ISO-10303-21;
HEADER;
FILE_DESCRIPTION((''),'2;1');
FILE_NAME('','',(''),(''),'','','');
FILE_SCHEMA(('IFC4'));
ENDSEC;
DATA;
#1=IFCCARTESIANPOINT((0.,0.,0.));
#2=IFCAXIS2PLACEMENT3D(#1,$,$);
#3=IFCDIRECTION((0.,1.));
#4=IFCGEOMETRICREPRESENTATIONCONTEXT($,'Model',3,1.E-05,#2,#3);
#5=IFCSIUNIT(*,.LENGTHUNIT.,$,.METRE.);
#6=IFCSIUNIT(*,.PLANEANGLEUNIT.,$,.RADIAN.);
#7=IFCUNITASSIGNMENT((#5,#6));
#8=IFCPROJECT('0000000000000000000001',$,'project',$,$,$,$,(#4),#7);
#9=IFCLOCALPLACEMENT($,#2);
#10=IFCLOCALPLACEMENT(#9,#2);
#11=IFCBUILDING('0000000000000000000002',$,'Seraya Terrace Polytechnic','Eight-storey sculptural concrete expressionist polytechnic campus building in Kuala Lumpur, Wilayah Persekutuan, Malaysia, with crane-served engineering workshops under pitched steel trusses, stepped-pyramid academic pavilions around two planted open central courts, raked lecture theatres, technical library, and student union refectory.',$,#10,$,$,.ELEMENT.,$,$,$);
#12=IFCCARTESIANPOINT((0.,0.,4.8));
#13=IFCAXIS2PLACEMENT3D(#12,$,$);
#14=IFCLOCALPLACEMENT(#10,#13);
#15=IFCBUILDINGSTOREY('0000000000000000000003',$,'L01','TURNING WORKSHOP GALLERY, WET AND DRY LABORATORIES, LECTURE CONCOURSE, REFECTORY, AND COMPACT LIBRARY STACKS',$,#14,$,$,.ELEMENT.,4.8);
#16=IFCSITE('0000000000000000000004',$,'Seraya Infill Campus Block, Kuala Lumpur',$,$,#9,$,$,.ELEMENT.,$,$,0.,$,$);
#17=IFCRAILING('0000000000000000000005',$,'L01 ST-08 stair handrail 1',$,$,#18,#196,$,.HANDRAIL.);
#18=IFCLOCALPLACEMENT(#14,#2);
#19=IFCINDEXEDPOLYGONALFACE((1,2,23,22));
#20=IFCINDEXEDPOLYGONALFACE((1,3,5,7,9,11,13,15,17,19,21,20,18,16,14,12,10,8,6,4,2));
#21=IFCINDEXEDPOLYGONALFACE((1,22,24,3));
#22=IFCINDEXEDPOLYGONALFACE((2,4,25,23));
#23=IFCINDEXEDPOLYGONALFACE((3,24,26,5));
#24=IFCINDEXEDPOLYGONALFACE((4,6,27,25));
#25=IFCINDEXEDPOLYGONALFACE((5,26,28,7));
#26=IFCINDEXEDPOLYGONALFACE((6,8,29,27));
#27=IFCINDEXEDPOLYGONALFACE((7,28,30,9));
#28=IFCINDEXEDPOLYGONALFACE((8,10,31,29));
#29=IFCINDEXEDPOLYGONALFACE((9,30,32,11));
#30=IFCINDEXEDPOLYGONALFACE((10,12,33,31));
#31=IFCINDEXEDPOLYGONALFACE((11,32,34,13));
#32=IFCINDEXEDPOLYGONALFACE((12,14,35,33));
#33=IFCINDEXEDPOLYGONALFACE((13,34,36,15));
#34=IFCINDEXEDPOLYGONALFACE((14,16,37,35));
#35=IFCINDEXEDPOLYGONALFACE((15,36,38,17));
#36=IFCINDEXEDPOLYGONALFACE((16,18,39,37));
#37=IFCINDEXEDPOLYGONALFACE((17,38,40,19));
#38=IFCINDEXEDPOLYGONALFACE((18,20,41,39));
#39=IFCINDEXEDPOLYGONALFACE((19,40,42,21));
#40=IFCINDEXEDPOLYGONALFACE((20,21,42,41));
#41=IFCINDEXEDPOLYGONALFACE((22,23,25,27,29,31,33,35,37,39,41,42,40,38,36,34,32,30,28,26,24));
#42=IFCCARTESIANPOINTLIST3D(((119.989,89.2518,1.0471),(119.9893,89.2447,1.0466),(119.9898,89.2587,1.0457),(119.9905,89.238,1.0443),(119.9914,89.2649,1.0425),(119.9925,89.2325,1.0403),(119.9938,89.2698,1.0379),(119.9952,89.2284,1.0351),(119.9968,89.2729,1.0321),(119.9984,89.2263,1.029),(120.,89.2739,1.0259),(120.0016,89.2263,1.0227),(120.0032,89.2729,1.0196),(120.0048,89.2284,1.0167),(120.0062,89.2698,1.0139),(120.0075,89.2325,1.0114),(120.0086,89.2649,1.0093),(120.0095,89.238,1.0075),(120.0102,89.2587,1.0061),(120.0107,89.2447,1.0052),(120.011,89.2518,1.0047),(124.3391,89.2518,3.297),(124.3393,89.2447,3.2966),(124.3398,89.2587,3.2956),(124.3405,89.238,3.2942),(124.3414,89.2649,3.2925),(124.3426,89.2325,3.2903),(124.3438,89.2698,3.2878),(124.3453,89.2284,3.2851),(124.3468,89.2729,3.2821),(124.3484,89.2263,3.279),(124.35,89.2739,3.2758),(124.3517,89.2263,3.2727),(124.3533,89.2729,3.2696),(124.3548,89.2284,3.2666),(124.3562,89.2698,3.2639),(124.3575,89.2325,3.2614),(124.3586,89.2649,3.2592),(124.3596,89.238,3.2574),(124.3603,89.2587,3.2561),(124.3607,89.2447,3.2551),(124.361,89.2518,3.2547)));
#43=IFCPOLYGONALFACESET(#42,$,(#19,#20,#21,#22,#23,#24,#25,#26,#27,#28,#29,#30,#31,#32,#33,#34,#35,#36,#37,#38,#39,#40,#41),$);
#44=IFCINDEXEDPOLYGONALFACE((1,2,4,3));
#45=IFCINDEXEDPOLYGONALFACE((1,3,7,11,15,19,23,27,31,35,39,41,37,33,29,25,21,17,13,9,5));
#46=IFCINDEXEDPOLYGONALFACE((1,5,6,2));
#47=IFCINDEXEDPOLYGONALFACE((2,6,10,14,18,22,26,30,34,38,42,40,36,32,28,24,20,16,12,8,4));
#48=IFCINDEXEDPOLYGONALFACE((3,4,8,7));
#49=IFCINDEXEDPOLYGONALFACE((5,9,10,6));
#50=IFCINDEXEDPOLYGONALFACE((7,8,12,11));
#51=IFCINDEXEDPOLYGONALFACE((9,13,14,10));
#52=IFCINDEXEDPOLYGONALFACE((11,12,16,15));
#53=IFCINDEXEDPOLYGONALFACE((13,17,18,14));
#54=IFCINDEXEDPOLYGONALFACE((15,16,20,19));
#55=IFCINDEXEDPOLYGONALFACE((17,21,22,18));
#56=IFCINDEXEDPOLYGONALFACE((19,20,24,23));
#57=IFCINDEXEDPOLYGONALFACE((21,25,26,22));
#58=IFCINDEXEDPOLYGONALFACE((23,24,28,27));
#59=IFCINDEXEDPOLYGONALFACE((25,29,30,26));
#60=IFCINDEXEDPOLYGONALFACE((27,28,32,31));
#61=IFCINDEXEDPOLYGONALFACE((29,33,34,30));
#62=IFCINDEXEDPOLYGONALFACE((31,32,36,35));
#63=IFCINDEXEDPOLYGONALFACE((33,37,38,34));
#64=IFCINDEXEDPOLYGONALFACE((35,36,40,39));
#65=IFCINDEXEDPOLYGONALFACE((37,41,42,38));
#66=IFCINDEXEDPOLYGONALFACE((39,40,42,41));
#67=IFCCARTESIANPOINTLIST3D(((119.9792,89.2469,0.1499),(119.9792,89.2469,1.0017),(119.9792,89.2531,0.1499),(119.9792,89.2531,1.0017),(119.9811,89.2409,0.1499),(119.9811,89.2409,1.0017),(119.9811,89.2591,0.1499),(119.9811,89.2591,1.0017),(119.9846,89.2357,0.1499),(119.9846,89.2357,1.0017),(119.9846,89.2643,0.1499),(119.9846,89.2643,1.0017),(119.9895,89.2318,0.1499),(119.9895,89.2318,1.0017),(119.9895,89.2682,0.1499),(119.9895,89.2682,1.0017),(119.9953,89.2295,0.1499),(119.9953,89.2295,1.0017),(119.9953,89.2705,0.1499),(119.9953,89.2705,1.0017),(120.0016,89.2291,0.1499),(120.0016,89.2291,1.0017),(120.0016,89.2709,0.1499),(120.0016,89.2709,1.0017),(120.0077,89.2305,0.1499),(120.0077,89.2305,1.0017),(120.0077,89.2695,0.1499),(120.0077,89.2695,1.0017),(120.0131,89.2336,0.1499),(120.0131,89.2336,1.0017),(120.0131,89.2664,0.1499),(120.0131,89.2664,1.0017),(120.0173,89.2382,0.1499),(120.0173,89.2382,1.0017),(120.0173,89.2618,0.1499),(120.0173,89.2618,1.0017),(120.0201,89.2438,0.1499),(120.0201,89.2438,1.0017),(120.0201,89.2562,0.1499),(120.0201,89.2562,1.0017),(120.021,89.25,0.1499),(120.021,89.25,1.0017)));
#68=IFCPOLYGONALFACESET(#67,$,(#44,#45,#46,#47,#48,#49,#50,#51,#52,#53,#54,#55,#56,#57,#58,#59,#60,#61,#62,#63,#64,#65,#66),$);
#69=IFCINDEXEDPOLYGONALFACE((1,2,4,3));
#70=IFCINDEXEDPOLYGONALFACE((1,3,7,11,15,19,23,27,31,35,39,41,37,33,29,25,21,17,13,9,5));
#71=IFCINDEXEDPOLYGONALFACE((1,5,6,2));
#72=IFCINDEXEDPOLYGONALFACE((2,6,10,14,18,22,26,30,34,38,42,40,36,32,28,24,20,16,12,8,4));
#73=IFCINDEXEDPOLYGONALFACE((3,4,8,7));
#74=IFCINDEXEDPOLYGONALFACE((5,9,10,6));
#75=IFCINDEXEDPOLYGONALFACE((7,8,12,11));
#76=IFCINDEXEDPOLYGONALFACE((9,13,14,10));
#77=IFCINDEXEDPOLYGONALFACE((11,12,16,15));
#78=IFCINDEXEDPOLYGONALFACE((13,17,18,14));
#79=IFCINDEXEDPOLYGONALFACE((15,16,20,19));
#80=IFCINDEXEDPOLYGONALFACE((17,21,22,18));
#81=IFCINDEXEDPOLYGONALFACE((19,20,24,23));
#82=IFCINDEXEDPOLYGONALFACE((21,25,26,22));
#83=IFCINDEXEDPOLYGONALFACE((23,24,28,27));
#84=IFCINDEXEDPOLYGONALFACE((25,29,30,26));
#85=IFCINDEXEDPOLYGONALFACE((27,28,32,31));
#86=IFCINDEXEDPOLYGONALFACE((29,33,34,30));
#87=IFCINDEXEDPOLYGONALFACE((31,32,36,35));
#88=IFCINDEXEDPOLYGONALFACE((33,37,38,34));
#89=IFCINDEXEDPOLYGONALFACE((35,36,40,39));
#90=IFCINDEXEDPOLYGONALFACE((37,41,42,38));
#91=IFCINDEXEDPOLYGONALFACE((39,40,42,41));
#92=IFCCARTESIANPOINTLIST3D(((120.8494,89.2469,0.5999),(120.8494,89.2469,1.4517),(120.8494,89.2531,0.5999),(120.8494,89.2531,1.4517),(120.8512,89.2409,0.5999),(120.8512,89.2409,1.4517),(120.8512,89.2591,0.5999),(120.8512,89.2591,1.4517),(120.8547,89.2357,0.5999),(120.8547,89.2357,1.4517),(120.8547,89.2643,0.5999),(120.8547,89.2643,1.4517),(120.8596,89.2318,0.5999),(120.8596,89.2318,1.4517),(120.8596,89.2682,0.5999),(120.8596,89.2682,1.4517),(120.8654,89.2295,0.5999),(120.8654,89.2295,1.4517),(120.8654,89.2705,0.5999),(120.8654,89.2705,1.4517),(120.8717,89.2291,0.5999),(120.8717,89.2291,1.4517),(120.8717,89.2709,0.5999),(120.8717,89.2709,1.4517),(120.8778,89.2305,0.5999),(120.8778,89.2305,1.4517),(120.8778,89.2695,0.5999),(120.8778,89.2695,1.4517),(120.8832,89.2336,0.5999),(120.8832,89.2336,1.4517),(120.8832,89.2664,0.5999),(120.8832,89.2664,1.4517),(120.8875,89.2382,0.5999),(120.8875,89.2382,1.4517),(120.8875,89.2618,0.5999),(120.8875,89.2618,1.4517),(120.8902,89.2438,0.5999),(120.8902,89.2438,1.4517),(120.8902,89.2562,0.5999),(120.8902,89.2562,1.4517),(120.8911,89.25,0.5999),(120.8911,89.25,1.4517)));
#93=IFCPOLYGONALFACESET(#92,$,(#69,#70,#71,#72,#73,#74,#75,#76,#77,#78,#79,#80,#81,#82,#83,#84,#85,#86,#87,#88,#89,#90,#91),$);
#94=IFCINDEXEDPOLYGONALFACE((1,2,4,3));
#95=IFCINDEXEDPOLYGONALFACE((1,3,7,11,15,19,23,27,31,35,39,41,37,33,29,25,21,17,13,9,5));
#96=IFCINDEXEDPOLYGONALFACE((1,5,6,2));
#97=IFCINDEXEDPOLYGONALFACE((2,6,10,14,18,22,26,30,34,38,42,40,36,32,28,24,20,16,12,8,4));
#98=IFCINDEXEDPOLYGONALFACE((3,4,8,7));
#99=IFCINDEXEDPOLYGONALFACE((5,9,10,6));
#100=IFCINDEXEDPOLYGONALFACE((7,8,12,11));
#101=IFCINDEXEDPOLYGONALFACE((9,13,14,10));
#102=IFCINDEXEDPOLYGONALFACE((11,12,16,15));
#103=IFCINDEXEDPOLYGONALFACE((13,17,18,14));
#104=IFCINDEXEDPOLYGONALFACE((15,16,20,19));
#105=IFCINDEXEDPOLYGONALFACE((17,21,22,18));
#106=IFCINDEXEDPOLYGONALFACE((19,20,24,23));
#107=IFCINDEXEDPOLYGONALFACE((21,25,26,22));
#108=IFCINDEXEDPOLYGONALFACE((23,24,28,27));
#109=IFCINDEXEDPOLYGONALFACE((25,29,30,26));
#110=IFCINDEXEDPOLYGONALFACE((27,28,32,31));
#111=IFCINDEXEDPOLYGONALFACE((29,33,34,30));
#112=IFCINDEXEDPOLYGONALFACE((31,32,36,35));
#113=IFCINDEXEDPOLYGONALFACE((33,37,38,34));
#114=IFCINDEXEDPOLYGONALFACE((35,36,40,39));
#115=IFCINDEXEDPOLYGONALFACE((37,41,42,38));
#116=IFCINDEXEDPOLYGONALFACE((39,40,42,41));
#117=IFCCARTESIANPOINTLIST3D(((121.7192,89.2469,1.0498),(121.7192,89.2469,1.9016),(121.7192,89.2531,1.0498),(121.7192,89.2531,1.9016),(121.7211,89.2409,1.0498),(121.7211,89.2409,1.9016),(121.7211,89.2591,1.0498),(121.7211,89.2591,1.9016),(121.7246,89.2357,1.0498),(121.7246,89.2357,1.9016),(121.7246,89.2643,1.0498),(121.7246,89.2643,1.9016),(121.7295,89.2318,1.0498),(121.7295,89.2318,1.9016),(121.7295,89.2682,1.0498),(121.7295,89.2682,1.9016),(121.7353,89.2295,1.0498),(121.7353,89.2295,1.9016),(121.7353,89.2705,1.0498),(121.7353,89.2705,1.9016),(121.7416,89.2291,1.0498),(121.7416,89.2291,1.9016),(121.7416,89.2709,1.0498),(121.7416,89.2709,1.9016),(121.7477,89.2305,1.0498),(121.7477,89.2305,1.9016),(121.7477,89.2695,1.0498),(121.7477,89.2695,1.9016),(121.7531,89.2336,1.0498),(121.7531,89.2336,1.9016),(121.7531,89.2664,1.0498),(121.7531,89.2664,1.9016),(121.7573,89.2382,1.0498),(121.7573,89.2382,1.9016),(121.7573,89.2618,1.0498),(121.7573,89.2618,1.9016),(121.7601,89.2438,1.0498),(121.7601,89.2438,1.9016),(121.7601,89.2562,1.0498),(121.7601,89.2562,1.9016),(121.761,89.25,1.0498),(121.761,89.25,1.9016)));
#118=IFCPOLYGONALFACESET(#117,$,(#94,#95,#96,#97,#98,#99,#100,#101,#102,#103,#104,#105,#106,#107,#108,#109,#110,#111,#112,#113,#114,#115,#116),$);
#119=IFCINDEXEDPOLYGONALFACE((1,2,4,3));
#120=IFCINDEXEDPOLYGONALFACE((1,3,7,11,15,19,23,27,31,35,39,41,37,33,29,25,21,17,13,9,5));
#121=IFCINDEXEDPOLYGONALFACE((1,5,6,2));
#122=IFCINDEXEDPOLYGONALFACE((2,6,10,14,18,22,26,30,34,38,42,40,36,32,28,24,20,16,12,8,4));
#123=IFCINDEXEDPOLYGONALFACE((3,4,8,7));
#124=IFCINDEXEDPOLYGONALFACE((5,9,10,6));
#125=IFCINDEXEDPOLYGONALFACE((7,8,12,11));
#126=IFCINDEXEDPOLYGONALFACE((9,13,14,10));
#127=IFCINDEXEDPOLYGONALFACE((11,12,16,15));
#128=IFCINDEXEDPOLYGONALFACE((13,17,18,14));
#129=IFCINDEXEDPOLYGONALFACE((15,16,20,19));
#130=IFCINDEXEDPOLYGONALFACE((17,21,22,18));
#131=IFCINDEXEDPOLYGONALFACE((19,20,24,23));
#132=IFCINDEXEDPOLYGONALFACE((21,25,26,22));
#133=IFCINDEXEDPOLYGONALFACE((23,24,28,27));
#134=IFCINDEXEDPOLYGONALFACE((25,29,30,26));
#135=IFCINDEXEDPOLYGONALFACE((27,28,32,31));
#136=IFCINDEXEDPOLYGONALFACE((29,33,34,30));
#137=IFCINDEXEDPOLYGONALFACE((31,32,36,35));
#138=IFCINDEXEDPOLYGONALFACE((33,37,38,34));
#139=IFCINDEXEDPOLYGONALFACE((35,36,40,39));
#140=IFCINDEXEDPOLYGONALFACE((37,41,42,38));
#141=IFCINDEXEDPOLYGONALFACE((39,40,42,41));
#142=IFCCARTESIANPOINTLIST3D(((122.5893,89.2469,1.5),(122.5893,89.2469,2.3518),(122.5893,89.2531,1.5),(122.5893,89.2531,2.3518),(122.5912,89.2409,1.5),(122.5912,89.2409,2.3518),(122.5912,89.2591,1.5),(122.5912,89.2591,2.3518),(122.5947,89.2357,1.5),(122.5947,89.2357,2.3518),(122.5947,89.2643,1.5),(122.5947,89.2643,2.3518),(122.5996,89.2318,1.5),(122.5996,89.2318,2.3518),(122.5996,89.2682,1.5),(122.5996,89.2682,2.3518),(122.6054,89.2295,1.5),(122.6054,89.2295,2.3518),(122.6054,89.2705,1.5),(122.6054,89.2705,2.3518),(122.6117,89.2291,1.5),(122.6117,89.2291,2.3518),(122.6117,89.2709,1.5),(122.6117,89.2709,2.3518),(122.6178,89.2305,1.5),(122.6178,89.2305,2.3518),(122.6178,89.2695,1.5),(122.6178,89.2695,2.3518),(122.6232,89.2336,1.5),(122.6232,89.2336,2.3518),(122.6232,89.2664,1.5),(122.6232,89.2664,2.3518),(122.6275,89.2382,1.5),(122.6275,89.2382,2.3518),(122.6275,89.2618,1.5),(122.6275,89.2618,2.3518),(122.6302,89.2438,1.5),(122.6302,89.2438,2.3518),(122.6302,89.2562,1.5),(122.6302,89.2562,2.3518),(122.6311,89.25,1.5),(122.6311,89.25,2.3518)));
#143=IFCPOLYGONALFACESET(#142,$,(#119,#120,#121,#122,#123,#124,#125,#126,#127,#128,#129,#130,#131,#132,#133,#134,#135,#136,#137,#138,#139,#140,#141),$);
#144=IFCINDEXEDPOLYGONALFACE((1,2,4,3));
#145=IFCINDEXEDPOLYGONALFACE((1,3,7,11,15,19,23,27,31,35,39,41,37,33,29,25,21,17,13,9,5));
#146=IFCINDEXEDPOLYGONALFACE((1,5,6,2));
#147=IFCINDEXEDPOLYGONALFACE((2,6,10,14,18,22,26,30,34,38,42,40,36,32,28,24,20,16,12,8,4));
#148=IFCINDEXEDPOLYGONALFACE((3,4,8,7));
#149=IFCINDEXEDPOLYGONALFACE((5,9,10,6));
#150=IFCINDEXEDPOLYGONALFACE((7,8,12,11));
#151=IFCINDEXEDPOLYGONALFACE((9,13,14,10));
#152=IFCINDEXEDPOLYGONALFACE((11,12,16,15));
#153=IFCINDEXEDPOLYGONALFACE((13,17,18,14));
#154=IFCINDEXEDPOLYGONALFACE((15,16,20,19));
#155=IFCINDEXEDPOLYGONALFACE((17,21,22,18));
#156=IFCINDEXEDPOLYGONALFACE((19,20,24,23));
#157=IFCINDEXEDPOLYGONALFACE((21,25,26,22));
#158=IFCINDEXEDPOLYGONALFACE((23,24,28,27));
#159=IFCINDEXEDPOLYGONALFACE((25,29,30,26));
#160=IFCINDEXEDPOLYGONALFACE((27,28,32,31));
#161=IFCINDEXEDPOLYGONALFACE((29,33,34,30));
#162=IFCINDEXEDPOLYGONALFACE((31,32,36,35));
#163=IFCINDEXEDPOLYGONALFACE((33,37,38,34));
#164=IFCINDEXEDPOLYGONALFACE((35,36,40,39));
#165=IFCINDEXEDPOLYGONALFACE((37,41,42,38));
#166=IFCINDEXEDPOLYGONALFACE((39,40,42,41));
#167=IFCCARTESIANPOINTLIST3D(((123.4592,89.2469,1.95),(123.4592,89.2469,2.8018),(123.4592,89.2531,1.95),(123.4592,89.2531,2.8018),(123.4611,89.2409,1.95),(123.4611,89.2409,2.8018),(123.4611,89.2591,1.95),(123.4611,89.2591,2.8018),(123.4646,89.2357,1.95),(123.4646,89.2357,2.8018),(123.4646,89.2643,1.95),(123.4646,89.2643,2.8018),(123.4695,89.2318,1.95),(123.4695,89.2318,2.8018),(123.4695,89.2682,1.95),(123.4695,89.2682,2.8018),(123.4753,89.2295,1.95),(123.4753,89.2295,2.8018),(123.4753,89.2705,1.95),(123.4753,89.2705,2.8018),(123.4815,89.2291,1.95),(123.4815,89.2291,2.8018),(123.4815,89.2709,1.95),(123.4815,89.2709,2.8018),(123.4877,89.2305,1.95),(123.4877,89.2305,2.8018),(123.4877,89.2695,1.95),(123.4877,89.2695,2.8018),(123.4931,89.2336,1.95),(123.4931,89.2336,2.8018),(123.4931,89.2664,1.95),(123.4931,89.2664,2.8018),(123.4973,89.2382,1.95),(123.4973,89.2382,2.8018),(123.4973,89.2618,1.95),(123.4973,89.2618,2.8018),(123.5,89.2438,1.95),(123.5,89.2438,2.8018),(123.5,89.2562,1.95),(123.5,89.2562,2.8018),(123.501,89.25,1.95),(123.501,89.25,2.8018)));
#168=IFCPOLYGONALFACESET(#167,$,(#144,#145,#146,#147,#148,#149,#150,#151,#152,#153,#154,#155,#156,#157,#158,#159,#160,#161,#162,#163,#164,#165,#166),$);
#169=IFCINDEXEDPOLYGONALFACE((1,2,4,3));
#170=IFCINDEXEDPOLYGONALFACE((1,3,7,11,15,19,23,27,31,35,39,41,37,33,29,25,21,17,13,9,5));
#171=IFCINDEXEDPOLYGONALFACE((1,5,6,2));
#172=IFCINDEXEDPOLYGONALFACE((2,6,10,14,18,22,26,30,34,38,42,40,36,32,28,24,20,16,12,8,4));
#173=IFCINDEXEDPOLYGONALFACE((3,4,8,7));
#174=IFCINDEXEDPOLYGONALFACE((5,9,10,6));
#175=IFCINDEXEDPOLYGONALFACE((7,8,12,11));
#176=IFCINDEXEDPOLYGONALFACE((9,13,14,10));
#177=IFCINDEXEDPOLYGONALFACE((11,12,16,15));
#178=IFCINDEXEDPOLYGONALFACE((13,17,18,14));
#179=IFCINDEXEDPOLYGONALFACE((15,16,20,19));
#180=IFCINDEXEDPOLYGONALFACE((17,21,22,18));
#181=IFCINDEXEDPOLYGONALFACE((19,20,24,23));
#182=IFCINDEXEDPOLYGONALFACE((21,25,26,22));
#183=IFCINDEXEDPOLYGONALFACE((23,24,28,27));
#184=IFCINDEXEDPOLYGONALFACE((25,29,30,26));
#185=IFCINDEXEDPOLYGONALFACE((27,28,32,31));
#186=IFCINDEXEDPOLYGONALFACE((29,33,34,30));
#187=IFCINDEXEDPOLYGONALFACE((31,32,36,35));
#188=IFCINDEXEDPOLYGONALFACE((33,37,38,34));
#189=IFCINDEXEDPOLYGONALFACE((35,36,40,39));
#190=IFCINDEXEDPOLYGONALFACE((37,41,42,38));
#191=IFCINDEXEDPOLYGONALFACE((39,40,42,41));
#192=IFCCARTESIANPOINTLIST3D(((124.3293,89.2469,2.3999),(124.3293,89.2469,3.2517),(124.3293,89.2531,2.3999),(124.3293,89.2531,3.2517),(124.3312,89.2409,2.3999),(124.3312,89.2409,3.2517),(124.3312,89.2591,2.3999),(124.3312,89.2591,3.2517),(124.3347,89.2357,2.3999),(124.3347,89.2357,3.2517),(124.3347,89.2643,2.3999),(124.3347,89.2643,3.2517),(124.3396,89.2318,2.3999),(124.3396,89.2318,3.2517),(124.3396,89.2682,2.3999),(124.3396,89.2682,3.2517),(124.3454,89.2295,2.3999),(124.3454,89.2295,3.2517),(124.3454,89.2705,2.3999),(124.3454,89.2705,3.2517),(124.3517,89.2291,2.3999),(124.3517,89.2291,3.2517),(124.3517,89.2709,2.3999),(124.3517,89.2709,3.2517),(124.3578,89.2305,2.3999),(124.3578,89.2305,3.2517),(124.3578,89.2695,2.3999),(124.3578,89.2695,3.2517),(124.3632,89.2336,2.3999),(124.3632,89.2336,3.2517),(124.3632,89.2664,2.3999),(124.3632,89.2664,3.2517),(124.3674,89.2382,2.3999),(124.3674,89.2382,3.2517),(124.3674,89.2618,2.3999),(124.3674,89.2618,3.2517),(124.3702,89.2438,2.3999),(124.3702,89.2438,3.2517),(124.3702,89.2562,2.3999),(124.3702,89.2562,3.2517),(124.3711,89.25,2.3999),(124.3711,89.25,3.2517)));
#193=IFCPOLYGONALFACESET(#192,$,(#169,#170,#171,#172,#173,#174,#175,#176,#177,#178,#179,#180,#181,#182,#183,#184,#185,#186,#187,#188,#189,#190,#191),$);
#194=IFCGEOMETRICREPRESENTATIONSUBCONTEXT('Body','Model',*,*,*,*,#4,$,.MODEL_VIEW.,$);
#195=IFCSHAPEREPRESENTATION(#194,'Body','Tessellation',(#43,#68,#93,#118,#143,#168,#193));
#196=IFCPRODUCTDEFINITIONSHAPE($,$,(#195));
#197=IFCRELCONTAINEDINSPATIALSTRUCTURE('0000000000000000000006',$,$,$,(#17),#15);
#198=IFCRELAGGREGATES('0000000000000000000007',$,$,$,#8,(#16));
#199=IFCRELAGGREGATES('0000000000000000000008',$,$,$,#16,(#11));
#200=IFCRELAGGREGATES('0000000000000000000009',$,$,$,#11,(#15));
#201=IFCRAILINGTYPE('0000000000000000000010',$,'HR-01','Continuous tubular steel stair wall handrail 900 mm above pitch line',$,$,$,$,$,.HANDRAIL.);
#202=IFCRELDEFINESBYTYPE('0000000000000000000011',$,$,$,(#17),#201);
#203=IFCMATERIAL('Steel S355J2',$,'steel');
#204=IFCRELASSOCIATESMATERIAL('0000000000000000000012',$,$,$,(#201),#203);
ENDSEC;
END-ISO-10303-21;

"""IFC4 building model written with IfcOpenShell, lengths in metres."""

from ifc_helpers import new_model, si_unit, direction, frame, origin, origin_2d, place, context, subcontext, project, spatial, circle, extrude, material, type_object, element, save


model = new_model("IFC4")

# Units and contexts
model_context = context("Model", 3, precision=1e-05, world=origin(), true_north=direction((0.0, 1.0)))
body_context = subcontext(model_context, "Body", "Model", "MODEL_VIEW")
ifc_project = project(units=[si_unit("LENGTHUNIT", "METRE"), si_unit("PLANEANGLEUNIT", "RADIAN")], contexts=[model_context])

# Site, building, storey
site_placement = place(None, origin())
site = spatial("IfcSite", under=ifc_project, at=site_placement, Name="Seraya Infill Campus Block, Kuala Lumpur", CompositionType="ELEMENT", RefElevation=0.0)
building_placement = place(site_placement, origin())
building = spatial("IfcBuilding", under=site, at=building_placement, Name="Seraya Terrace Polytechnic", Description="Eight-storey sculptural concrete expressionist polytechnic campus building in Kuala Lumpur, Wilayah Persekutuan, Malaysia, with crane-served engineering workshops under pitched steel trusses, stepped-pyramid academic pavilions around two planted open central courts, raked lecture theatres, technical library, and student union refectory.", CompositionType="ELEMENT")
storey_placement = place(building_placement, frame((0.0, 0.0, 4.8)))
storey = spatial("IfcBuildingStorey", under=building, at=storey_placement, Name="L01", Description="TURNING WORKSHOP GALLERY, WET AND DRY LABORATORIES, LECTURE CONCOURSE, REFECTORY, AND COMPACT LIBRARY STACKS", CompositionType="ELEMENT", Elevation=4.8)

# Shared definitions
ifc_material_1 = material(Name="Steel S355J2", Category="steel")

# Railing
railing_type_1 = type_object("IfcRailingType", Name="HR-01", Description="Continuous tubular steel stair wall handrail 900 mm above pitch line", PredefinedType="HANDRAIL", material=ifc_material_1)
railing_1_placement = place(storey_placement, frame((120.0, 89.25, 0.1499)))
element("IfcRailing", 1, at=railing_1_placement, inside=storey, type_object=railing_type_1, Name="L01 ST-08 stair handrail 1", PredefinedType="HANDRAIL", context=body_context, shape_type="SweptSolid", body=[
    extrude(circle(Radius=0.0239, at=origin_2d()), frame((0.0, 0.0, 0.876), z_axis=(0.888222, 0.0, 0.459415), x_axis=(0.0, 1.0, 0.0)), (0.0, 0.0, 1.0), 4.8975),
    extrude(circle(Radius=0.021, at=origin_2d()), origin(), (0.0, 0.0, 1.0), 0.8518),
    extrude(circle(Radius=0.021, at=origin_2d()), frame((0.8701, 0.0, 0.45)), (0.0, 0.0, 1.0), 0.8518),
    extrude(circle(Radius=0.021, at=origin_2d()), frame((1.74, 0.0, 0.8999)), (0.0, 0.0, 1.0), 0.8518),
    extrude(circle(Radius=0.021, at=origin_2d()), frame((2.6101, 0.0, 1.3501)), (0.0, 0.0, 1.0), 0.8518),
    extrude(circle(Radius=0.021, at=origin_2d()), frame((3.48, 0.0, 1.8)), (0.0, 0.0, 1.0), 0.8518),
    extrude(circle(Radius=0.021, at=origin_2d()), frame((4.3501, 0.0, 2.25)), (0.0, 0.0, 1.0), 0.8518),
])

save(model, "model.ifc")
